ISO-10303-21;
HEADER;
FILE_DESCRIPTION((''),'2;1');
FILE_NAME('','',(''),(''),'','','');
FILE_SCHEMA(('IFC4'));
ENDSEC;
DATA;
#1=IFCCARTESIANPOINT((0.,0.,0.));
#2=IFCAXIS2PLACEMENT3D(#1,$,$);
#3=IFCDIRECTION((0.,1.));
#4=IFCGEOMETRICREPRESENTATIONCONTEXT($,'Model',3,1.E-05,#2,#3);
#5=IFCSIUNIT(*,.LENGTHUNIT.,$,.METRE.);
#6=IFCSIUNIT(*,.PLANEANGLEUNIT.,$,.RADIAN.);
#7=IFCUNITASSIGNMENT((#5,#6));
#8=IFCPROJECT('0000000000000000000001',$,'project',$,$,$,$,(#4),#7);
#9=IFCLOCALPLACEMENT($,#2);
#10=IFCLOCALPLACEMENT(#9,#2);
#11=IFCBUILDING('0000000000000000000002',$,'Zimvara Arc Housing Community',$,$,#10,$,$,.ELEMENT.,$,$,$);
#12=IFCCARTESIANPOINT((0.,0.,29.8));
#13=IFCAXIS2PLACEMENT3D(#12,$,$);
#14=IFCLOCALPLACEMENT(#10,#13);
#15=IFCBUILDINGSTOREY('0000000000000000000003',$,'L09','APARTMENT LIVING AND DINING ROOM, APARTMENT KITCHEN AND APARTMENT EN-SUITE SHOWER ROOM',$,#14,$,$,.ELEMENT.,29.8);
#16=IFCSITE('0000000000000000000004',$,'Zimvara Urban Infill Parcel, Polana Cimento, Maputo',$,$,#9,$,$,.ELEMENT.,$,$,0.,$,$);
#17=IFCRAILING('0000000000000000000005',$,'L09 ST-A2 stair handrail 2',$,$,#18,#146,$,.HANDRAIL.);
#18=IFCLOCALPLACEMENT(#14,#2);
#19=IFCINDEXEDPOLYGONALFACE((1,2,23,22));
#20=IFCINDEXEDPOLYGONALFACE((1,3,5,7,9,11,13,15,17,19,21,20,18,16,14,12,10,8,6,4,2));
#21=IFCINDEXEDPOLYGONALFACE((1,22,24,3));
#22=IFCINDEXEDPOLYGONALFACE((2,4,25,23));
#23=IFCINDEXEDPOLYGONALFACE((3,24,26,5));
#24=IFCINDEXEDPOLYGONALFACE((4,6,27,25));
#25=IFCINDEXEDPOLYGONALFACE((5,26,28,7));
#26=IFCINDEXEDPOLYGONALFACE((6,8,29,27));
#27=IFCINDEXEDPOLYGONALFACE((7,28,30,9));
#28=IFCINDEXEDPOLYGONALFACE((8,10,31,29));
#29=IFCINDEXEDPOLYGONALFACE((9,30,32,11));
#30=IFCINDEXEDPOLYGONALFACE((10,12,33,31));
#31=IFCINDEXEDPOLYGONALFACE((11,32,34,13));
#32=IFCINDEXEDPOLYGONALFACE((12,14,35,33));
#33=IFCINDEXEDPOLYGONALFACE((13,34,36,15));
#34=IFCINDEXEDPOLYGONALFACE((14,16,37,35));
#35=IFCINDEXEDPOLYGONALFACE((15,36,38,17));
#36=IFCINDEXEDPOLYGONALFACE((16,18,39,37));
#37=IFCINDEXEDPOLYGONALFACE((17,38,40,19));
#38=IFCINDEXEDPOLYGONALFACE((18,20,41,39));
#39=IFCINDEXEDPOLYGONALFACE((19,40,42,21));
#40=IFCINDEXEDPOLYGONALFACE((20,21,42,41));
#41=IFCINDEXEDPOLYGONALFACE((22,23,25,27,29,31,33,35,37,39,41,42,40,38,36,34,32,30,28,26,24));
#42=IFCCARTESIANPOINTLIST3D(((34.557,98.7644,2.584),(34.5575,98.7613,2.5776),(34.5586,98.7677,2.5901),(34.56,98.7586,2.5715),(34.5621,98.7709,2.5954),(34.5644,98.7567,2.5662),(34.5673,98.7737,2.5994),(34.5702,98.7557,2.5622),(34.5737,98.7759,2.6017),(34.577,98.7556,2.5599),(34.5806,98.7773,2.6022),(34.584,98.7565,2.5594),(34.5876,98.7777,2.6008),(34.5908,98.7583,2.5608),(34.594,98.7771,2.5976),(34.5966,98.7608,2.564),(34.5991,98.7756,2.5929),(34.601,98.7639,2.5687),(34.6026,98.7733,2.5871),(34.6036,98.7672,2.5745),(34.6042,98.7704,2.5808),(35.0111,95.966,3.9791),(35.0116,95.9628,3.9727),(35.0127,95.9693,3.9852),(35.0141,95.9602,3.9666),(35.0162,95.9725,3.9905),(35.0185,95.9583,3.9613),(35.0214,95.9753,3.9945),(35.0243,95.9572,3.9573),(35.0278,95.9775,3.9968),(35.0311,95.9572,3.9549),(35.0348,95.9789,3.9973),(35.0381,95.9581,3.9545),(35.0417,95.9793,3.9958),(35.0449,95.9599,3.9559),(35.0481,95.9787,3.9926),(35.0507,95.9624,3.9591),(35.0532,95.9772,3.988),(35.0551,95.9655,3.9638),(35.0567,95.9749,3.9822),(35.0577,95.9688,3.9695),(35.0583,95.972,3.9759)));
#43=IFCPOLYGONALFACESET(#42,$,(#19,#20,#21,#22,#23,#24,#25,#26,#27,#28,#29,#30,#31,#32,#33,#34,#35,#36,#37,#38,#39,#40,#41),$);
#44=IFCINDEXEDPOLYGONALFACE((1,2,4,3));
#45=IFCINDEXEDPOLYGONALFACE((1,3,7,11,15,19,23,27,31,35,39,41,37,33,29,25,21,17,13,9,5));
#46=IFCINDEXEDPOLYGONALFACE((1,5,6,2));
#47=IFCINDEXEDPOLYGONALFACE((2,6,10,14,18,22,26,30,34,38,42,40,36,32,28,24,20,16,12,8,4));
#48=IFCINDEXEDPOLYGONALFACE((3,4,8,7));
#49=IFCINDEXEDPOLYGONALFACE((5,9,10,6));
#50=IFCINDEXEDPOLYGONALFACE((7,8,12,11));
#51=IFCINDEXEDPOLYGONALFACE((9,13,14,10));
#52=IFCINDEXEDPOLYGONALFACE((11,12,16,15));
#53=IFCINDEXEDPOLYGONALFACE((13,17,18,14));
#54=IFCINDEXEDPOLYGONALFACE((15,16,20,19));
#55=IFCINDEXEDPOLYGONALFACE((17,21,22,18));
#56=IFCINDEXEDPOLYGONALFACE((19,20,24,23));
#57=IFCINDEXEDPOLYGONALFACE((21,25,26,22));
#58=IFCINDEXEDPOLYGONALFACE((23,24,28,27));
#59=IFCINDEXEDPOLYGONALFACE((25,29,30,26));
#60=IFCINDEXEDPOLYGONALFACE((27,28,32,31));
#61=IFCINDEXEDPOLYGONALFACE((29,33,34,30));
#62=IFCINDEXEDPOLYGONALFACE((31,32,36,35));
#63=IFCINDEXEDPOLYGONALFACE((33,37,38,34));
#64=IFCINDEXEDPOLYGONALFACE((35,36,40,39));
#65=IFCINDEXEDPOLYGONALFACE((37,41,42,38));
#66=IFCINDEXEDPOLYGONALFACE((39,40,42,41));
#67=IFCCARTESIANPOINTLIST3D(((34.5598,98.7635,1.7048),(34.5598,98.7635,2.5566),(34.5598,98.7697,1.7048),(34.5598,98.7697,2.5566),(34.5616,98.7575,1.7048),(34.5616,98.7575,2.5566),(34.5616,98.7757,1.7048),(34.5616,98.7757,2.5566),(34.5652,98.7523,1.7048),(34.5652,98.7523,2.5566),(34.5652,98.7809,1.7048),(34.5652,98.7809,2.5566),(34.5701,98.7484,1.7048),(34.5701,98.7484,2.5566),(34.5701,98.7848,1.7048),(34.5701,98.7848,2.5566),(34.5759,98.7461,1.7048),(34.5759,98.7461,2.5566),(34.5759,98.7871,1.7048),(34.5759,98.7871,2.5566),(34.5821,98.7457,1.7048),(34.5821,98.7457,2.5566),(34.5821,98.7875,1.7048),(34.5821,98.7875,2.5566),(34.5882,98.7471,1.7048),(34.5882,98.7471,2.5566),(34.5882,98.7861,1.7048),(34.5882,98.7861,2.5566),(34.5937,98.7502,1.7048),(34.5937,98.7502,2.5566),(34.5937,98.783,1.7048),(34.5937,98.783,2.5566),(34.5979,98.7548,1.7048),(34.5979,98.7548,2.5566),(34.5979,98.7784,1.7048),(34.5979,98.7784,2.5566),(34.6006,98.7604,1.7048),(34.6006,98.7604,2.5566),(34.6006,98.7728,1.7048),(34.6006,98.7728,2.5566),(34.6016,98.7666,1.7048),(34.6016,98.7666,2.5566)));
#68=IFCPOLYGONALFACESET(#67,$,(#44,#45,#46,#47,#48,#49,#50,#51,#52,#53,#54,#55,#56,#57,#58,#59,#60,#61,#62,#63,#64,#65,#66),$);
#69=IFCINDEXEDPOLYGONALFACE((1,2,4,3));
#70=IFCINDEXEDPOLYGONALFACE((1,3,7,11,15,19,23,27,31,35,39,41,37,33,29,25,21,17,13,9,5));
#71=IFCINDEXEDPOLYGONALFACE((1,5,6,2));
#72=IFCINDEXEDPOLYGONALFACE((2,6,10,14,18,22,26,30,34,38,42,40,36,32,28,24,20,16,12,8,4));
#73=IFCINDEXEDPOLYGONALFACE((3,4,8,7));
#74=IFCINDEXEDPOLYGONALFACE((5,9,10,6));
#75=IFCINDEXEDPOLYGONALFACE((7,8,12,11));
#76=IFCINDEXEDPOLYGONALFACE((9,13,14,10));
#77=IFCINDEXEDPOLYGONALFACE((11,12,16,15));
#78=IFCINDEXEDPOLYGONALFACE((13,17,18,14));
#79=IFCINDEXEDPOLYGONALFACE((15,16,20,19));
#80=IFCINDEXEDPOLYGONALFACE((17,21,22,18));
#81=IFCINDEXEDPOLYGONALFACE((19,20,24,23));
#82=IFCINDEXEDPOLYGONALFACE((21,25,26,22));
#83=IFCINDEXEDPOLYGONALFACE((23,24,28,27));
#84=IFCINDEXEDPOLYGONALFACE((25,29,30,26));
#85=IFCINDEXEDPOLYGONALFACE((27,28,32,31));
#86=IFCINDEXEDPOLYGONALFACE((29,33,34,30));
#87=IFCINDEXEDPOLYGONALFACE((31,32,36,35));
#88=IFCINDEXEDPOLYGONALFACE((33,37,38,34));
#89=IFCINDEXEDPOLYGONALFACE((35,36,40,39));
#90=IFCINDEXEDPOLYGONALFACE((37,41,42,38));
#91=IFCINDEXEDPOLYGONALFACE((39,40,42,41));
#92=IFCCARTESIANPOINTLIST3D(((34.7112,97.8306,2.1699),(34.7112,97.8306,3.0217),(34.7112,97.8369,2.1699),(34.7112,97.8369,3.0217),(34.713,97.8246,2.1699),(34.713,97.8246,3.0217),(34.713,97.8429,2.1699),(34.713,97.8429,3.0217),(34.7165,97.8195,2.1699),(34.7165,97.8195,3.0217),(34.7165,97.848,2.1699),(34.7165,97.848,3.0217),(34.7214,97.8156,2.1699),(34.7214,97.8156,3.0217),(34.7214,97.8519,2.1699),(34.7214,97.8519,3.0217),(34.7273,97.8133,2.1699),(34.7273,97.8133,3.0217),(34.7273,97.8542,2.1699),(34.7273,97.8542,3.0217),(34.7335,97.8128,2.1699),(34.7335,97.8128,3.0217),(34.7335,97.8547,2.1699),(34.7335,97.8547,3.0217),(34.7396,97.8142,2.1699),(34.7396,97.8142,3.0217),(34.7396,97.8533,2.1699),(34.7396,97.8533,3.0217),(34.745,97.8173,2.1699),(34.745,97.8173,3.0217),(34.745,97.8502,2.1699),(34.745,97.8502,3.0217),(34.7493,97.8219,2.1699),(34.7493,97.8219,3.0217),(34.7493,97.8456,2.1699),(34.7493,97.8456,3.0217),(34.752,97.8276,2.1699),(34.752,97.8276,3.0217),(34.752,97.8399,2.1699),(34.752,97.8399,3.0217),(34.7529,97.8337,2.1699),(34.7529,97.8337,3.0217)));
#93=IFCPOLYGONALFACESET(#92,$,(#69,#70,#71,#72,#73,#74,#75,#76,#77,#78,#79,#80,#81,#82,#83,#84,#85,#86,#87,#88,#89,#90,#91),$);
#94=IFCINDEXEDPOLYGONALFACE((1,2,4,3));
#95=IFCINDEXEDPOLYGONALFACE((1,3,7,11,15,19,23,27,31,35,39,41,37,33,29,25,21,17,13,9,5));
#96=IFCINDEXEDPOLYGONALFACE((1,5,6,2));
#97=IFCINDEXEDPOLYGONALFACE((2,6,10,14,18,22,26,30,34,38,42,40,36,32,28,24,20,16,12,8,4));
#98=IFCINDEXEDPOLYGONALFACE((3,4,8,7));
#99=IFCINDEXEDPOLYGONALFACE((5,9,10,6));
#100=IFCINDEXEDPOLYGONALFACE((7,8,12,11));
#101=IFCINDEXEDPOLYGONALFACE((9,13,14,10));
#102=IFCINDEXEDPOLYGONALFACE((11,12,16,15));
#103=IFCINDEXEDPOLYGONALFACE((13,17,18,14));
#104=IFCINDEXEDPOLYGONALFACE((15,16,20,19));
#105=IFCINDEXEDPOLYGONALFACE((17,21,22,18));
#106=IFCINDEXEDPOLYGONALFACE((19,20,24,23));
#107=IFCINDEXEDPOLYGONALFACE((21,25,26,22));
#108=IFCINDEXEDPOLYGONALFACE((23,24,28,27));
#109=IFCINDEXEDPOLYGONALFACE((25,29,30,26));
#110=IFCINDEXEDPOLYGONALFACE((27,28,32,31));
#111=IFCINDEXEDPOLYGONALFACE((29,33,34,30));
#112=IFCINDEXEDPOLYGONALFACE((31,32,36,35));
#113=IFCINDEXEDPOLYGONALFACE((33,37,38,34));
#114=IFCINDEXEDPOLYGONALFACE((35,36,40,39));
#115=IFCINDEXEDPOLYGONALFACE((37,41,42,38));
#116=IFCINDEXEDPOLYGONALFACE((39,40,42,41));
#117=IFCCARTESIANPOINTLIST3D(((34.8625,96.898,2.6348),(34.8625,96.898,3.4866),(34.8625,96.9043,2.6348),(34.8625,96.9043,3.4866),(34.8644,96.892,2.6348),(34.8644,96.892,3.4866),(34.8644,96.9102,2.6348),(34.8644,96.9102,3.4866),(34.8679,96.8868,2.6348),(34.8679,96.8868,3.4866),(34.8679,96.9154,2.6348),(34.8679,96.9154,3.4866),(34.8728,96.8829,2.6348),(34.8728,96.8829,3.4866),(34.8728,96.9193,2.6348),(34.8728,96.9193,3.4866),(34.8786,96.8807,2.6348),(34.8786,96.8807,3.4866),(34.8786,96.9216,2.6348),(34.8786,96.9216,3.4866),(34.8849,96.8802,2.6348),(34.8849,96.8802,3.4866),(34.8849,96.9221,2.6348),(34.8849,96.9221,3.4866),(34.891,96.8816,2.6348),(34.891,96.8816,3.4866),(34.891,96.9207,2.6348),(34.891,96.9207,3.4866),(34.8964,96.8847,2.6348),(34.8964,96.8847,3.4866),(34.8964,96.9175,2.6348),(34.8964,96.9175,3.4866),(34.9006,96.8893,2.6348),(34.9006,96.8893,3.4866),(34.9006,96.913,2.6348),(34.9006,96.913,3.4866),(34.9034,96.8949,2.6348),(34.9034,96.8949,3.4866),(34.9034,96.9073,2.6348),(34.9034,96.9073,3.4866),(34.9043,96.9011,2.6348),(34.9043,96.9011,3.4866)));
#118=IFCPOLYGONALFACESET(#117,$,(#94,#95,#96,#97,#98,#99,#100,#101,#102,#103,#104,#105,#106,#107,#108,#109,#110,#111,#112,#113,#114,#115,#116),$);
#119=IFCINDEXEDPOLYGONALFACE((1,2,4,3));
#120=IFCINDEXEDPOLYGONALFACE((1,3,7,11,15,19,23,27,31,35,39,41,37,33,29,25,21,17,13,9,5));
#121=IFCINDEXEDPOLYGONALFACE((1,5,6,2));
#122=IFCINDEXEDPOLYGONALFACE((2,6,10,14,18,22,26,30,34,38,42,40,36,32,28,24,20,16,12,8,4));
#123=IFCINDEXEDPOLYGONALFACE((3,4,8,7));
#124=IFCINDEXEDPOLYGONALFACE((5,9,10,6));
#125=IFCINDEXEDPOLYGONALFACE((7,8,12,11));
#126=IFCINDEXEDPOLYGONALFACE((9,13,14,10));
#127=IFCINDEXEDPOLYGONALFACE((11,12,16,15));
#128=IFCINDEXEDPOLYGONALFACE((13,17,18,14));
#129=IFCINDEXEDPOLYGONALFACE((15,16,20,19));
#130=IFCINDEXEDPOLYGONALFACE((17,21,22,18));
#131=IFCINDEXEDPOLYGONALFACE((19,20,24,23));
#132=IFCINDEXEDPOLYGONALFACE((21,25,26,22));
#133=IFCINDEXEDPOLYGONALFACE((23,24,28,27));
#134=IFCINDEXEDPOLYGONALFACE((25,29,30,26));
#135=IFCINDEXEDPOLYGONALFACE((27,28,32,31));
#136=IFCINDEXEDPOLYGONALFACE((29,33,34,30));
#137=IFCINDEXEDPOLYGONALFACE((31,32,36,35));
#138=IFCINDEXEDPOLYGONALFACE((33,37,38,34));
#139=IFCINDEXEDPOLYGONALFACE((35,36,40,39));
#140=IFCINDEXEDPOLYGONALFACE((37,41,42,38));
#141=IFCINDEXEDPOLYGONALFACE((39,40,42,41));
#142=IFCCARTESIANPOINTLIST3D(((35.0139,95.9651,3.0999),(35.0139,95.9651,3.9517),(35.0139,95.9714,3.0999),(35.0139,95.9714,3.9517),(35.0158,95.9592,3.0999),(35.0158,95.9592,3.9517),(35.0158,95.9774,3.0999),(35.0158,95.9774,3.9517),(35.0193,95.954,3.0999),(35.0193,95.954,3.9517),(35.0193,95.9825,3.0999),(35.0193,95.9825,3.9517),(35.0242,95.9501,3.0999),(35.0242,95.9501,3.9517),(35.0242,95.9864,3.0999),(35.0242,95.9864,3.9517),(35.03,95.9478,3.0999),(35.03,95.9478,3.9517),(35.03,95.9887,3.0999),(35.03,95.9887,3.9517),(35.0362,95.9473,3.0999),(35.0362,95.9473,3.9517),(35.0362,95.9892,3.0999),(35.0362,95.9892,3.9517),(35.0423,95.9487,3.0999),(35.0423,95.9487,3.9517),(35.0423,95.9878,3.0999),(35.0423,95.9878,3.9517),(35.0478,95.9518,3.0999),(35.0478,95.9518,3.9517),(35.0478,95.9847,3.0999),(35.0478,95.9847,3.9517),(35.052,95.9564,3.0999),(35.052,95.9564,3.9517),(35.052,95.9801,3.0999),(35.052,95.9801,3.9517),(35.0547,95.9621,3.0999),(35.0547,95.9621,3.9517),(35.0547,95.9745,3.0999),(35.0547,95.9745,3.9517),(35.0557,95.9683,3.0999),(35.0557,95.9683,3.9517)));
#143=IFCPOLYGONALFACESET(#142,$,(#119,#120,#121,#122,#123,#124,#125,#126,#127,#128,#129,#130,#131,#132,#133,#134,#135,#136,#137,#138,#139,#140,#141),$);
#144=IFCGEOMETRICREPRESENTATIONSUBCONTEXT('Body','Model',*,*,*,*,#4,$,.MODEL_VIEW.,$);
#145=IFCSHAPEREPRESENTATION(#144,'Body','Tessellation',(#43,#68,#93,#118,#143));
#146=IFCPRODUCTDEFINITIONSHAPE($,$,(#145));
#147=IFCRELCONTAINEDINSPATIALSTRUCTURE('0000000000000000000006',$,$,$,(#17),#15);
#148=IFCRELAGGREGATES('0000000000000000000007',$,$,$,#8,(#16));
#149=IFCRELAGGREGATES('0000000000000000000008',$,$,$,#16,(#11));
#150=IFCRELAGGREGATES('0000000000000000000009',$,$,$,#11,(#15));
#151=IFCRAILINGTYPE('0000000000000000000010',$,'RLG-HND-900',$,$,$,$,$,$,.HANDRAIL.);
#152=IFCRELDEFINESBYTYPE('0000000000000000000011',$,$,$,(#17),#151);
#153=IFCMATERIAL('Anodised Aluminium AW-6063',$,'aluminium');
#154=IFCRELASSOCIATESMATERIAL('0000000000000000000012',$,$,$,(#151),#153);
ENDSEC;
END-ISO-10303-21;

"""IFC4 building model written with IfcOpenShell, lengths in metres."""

from ifc_helpers import new_model, si_unit, direction, frame, origin, origin_2d, place, context, subcontext, project, spatial, circle, extrude, material, type_object, element, save


model = new_model("IFC4")

# Units and contexts
model_context = context("Model", 3, precision=1e-05, world=origin(), true_north=direction((0.0, 1.0)))
body_context = subcontext(model_context, "Body", "Model", "MODEL_VIEW")
ifc_project = project(units=[si_unit("LENGTHUNIT", "METRE"), si_unit("PLANEANGLEUNIT", "RADIAN")], contexts=[model_context])

# Site, building, storey
site_placement = place(None, origin())
site = spatial("IfcSite", under=ifc_project, at=site_placement, Name="Zimvara Urban Infill Parcel, Polana Cimento, Maputo", CompositionType="ELEMENT", RefElevation=0.0)
building_placement = place(site_placement, origin())
building = spatial("IfcBuilding", under=site, at=building_placement, Name="Zimvara Arc Housing Community", CompositionType="ELEMENT")
storey_placement = place(building_placement, frame((0.0, 0.0, 29.8)))
storey = spatial("IfcBuildingStorey", under=building, at=storey_placement, Name="L09", Description="APARTMENT LIVING AND DINING ROOM, APARTMENT KITCHEN AND APARTMENT EN-SUITE SHOWER ROOM", CompositionType="ELEMENT", Elevation=29.8)

# Railing
ifc_material_1 = material(Name="Anodised Aluminium AW-6063", Category="aluminium")
railing_type_1 = type_object("IfcRailingType", Name="RLG-HND-900", PredefinedType="HANDRAIL", material=ifc_material_1)
railing_1_placement = place(storey_placement, frame((34.5806, 98.7666, 1.7048)))
element("IfcRailing", 1, at=railing_1_placement, inside=storey, type_object=railing_type_1, Name="L09 ST-A2 stair handrail 2", PredefinedType="HANDRAIL", context=body_context, shape_type="SweptSolid", body=[
    extrude(circle(Radius=0.0239, at=origin_2d()), frame((0.0, 0.0, 0.876), z_axis=(0.143722, -0.885666, 0.44152), x_axis=(0.987088, 0.16018, 0.0)), (0.0, 0.0, 1.0), 3.1597),
    extrude(circle(Radius=0.021, at=origin_2d()), origin(), (0.0, 0.0, 1.0), 0.8518),
    extrude(circle(Radius=0.021, at=origin_2d()), frame((0.1514, -0.9329, 0.4651)), (0.0, 0.0, 1.0), 0.8518),
    extrude(circle(Radius=0.021, at=origin_2d()), frame((0.3027, -1.8655, 0.9299)), (0.0, 0.0, 1.0), 0.8518),
    extrude(circle(Radius=0.021, at=origin_2d()), frame((0.4541, -2.7983, 1.395)), (0.0, 0.0, 1.0), 0.8518),
])

save(model, "model.ifc")
